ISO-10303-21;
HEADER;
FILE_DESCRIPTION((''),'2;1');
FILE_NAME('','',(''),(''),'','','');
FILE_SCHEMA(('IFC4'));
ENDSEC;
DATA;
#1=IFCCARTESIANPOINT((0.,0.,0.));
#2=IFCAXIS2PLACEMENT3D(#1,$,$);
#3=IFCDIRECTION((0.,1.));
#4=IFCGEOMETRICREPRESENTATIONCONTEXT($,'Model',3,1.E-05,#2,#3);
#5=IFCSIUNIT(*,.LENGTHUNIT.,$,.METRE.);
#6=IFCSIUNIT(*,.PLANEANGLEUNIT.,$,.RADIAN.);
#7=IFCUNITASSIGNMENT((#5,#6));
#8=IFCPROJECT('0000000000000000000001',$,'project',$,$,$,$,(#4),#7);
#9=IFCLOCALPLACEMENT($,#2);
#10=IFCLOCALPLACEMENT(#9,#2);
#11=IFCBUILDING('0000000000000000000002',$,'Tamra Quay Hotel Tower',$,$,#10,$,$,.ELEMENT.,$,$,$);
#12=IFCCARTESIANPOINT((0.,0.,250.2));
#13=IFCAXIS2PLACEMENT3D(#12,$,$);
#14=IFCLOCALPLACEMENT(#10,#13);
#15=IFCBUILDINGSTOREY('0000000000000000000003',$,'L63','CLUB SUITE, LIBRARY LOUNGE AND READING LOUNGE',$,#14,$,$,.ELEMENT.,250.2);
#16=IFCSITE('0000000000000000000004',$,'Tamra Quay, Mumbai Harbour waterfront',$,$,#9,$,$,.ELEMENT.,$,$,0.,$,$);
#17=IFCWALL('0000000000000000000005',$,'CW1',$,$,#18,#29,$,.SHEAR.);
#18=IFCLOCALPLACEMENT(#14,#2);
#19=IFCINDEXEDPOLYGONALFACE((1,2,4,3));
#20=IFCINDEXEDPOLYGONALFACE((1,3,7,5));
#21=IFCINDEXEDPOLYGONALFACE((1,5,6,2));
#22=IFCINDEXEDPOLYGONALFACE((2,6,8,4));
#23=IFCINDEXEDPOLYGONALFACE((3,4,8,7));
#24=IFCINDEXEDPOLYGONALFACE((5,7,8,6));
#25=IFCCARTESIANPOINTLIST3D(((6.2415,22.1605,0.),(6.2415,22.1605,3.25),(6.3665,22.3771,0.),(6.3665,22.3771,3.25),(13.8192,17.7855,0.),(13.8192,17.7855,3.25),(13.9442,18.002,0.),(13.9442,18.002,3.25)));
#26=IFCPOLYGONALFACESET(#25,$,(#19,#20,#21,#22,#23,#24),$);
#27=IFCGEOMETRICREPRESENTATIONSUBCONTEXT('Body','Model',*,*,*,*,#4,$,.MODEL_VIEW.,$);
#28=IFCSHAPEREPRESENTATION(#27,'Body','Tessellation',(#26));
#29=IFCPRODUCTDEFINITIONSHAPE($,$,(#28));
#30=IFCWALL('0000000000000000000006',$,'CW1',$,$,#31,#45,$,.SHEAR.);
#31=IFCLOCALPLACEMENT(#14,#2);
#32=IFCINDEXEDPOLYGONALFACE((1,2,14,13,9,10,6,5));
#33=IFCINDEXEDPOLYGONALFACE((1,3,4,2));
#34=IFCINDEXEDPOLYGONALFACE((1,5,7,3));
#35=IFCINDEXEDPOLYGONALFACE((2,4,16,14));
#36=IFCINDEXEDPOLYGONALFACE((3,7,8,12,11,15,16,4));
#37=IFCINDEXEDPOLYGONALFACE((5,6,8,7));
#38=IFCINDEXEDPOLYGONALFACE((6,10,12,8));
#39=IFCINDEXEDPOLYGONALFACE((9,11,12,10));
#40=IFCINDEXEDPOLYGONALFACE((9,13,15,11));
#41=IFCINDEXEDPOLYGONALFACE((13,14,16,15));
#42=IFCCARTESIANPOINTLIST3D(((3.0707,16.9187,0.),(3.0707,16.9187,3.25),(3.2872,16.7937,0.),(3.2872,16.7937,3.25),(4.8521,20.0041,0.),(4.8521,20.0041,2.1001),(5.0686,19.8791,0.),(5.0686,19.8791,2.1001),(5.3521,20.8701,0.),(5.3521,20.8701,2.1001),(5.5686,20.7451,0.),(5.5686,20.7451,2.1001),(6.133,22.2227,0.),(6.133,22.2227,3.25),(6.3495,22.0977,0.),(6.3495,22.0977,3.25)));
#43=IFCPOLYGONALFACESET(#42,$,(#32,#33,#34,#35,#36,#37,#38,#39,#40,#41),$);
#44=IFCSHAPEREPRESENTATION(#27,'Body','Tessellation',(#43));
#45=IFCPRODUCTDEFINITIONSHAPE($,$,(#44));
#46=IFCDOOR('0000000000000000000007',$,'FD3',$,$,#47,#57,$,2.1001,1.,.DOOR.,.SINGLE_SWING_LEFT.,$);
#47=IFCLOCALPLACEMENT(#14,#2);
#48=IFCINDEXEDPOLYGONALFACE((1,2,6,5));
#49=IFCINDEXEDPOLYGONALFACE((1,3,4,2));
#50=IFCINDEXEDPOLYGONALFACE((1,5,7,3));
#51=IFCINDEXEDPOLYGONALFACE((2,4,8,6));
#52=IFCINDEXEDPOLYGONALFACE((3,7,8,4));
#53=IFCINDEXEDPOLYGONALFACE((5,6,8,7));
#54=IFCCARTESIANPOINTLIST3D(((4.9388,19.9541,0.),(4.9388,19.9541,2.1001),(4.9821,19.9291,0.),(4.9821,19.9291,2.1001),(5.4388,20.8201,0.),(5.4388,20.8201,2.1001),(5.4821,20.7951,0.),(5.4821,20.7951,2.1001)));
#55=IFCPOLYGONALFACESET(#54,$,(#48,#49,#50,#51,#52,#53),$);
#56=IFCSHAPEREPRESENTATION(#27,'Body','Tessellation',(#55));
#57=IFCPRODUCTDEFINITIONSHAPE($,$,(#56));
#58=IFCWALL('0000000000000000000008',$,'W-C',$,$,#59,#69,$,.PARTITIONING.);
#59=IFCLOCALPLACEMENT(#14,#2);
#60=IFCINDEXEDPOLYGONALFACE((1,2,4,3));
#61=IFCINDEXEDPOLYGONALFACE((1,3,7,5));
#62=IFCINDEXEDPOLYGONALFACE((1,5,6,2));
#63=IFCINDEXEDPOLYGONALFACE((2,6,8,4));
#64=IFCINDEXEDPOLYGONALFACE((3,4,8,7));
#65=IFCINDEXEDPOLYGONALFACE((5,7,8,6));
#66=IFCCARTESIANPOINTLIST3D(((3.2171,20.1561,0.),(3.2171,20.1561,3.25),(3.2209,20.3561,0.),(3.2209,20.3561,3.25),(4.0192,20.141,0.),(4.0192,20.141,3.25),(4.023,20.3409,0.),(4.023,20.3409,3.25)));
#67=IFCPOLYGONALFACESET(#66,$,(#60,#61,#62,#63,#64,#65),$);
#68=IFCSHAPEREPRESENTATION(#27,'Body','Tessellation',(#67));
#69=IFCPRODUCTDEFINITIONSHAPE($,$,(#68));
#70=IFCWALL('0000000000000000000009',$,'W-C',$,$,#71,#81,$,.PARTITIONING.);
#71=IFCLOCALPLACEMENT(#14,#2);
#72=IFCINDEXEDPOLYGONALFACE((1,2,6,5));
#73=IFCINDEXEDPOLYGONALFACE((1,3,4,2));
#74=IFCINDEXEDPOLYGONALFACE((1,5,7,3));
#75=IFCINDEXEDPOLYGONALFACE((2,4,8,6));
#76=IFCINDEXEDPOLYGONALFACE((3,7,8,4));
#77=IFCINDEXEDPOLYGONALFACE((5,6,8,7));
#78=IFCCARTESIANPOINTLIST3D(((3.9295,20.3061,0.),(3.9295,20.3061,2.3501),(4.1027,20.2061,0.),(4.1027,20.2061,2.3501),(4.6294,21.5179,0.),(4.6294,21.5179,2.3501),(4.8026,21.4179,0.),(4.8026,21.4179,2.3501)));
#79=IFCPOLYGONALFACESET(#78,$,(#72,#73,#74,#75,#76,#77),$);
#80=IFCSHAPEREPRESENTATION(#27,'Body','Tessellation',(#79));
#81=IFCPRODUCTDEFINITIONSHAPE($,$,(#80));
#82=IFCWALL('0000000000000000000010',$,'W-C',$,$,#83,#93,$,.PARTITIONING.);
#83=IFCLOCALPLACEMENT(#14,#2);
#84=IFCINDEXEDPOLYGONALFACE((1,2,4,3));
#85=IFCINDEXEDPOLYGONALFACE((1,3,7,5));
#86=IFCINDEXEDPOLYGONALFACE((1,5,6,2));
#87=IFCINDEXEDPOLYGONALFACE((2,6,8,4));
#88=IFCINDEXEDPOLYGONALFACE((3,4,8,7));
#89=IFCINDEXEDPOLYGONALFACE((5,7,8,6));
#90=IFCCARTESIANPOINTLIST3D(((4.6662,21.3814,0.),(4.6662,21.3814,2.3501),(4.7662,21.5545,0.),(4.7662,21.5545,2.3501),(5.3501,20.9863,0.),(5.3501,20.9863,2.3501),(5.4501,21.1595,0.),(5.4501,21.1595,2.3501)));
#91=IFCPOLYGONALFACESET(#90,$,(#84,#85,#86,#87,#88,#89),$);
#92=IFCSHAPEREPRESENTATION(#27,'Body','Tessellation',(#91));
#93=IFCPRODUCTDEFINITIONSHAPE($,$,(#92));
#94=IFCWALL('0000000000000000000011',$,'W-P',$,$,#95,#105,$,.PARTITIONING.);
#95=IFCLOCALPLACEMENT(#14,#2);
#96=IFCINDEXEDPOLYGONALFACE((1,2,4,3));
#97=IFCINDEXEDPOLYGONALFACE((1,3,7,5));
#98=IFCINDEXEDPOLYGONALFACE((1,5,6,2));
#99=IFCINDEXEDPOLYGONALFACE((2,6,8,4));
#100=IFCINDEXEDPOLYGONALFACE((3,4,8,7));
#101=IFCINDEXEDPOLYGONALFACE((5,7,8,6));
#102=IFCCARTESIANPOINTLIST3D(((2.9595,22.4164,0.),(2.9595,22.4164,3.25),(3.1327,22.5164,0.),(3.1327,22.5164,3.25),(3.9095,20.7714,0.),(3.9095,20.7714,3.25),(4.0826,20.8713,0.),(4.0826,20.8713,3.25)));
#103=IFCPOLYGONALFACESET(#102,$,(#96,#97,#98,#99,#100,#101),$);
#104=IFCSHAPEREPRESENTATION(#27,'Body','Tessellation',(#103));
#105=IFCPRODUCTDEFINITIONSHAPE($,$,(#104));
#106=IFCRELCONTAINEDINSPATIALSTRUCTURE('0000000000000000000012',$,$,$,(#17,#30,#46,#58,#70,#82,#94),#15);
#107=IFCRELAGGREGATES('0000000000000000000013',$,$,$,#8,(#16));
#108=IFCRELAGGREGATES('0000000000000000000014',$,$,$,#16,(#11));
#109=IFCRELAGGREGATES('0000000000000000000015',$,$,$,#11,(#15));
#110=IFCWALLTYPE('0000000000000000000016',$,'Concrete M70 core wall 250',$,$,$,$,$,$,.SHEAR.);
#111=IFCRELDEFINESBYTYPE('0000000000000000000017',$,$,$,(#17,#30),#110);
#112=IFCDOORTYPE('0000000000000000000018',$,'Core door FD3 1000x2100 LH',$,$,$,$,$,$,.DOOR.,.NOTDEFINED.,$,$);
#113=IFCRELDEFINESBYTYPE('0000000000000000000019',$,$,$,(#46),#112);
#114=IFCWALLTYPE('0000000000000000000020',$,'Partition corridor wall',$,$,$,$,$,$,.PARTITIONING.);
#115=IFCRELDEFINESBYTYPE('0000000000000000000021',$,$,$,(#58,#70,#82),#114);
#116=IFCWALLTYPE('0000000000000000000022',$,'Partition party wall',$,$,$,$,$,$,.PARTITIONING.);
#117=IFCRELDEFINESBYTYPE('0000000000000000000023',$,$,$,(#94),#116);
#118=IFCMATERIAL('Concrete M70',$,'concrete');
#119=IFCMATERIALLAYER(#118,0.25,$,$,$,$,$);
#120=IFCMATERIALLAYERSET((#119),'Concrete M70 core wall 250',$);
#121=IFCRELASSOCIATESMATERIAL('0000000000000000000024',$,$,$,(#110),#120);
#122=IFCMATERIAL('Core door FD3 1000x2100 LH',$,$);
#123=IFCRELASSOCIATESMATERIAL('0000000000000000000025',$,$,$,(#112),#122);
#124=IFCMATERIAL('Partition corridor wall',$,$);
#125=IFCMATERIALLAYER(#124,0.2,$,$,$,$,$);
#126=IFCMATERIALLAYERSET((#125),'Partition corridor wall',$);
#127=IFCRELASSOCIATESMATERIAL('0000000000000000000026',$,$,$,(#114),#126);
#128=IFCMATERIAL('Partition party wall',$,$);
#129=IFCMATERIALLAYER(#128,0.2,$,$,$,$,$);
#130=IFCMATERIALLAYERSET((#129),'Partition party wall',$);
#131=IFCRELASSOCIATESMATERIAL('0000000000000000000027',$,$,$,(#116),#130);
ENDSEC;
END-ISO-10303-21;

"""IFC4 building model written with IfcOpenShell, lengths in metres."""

from ifc_helpers import new_model, si_unit, direction, frame, frame_2d, origin, place, context, subcontext, project, spatial, rectangle, extrude, material, layer, layer_set, type_object, element, fill, save


model = new_model("IFC4")

# Units and contexts
model_context = context("Model", 3, precision=1e-05, world=origin(), true_north=direction((0.0, 1.0)))
body_context = subcontext(model_context, "Body", "Model", "MODEL_VIEW")
ifc_project = project(units=[si_unit("LENGTHUNIT", "METRE"), si_unit("PLANEANGLEUNIT", "RADIAN")], contexts=[model_context])

# Site, building, storey
site_placement = place(None, origin())
site = spatial("IfcSite", under=ifc_project, at=site_placement, Name="Tamra Quay, Mumbai Harbour waterfront", CompositionType="ELEMENT", RefElevation=0.0)
building_placement = place(site_placement, origin())
building = spatial("IfcBuilding", under=site, at=building_placement, Name="Tamra Quay Hotel Tower", CompositionType="ELEMENT")
storey_placement = place(building_placement, frame((0.0, 0.0, 250.2)))
storey = spatial("IfcBuildingStorey", under=building, at=storey_placement, Name="L63", Description="CLUB SUITE, LIBRARY LOUNGE AND READING LOUNGE", CompositionType="ELEMENT", Elevation=250.2)

# Shared definitions
ifc_material_1 = material(Name="Concrete M70", Category="concrete")

# Wall
ifc_layer_1 = layer(ifc_material_1, 0.25)
ifc_layer_set_1 = layer_set([ifc_layer_1], Name="Concrete M70 core wall 250")
wall_type_1 = type_object("IfcWallType", Name="Concrete M70 core wall 250", PredefinedType="SHEAR", material=ifc_layer_set_1)
wall_1_placement = place(storey_placement, frame((6.304, 22.2688, 0.0), z_axis=(0.0, 0.0, 1.0), x_axis=(0.866023, -0.500004, 0.0)))
element("IfcWall", 1, at=wall_1_placement, inside=storey, type_object=wall_type_1, Name="CW1", PredefinedType="SHEAR", context=body_context, shape_type="SweptSolid", body=[
    extrude(rectangle(XDim=8.75, YDim=0.25, at=frame_2d((4.375, 0.0))), origin(), (0.0, 0.0, 1.0), 3.25),
])

# Wall, opening, door
wall_2_placement = place(storey_placement, frame((3.179, 16.8562, 0.0), z_axis=(0.0, 0.0, 1.0), x_axis=(0.500002, 0.866024, 0.0)))
wall_2 = element("IfcWall", 2, at=wall_2_placement, inside=storey, type_object=wall_type_1, Name="CW1", PredefinedType="SHEAR", context=body_context, shape_type="SweptSolid", body=[
    extrude(rectangle(XDim=6.1245, YDim=0.25, at=frame_2d((3.0623, 0.0))), origin(), (0.0, 0.0, 1.0), 3.25),
])
opening_1_placement = place(wall_2_placement, frame((3.5627, 0.0, 0.0)))
opening_1 = element("IfcOpeningElement", 3, at=opening_1_placement, cuts=wall_2, PredefinedType="OPENING", context=body_context, shape_type="SweptSolid", body=[
    extrude(rectangle(XDim=1.0, YDim=2.1001, at=frame_2d((0.5, 1.05))), frame((0.0, 0.135, 0.0), z_axis=(0.0, -1.0, 0.0), x_axis=(1.0, 0.0, 0.0)), (0.0, 0.0, 1.0), 0.27),
])
ifc_material_2 = material(Name="Core door FD3 1000x2100 LH")
door_type_1 = type_object("IfcDoorType", Name="Core door FD3 1000x2100 LH", OperationType="NOTDEFINED", PredefinedType="DOOR", material=ifc_material_2)
door_1_placement = place(opening_1_placement, origin())
door_1 = element("IfcDoor", 4, at=door_1_placement, inside=storey, type_object=door_type_1, Name="FD3", OperationType="SINGLE_SWING_LEFT", OverallHeight=2.1001, OverallWidth=1.0, PredefinedType="DOOR", context=body_context, shape_type="SweptSolid", body=[
    extrude(rectangle(XDim=1.0, YDim=2.1001, at=frame_2d((0.5, 1.05))), frame((0.0, 0.0249, 0.0), z_axis=(0.0, -1.0, 0.0), x_axis=(1.0, 0.0, 0.0)), (0.0, 0.0, 1.0), 0.05),
])
fill(opening_1, door_1)

# Walls
ifc_material_3 = material(Name="Partition corridor wall")
ifc_layer_2 = layer(ifc_material_3, 0.2)
ifc_layer_set_2 = layer_set([ifc_layer_2], Name="Partition corridor wall")
wall_type_2 = type_object("IfcWallType", Name="Partition corridor wall", PredefinedType="PARTITIONING", material=ifc_layer_set_2)
wall_3_placement = place(storey_placement, frame((3.219, 20.2561, 0.0), z_axis=(0.0, 0.0, 1.0), x_axis=(0.999822, -0.01887, 0.0)))
element("IfcWall", 5, at=wall_3_placement, inside=storey, type_object=wall_type_2, Name="W-C", PredefinedType="PARTITIONING", context=body_context, shape_type="SweptSolid", body=[
    extrude(rectangle(XDim=0.8022, YDim=0.2, at=frame_2d((0.4011, 0.0))), origin(), (0.0, 0.0, 1.0), 3.25),
])
wall_4_placement = place(storey_placement, frame((4.0161, 20.2561, 0.0), z_axis=(0.0, 0.0, 1.0), x_axis=(0.500135, 0.865947, 0.0)))
element("IfcWall", 6, at=wall_4_placement, inside=storey, type_object=wall_type_2, Name="W-C", PredefinedType="PARTITIONING", context=body_context, shape_type="SweptSolid", body=[
    extrude(rectangle(XDim=1.3994, YDim=0.2, at=frame_2d((0.6997, 0.0))), origin(), (0.0, 0.0, 1.0), 2.3501),
])
wall_5_placement = place(storey_placement, frame((4.7161, 21.468, 0.0), z_axis=(0.0, 0.0, 1.0), x_axis=(0.865913, -0.500195, 0.0)))
element("IfcWall", 7, at=wall_5_placement, inside=storey, type_object=wall_type_2, Name="W-C", PredefinedType="PARTITIONING", context=body_context, shape_type="SweptSolid", body=[
    extrude(rectangle(XDim=0.7898, YDim=0.2, at=frame_2d((0.395, 0.0))), origin(), (0.0, 0.0, 1.0), 2.3501),
])
ifc_material_4 = material(Name="Partition party wall")
ifc_layer_3 = layer(ifc_material_4, 0.2)
ifc_layer_set_3 = layer_set([ifc_layer_3], Name="Partition party wall")
wall_type_3 = type_object("IfcWallType", Name="Partition party wall", PredefinedType="PARTITIONING", material=ifc_layer_set_3)
wall_6_placement = place(storey_placement, frame((3.0461, 22.4663, 0.0), z_axis=(0.0, 0.0, 1.0), x_axis=(0.500078, -0.86598, 0.0)))
element("IfcWall", 8, at=wall_6_placement, inside=storey, type_object=wall_type_3, Name="W-P", PredefinedType="PARTITIONING", context=body_context, shape_type="SweptSolid", body=[
    extrude(rectangle(XDim=1.8997, YDim=0.2, at=frame_2d((0.9497, 0.0))), origin(), (0.0, 0.0, 1.0), 3.25),
])

save(model, "model.ifc")
